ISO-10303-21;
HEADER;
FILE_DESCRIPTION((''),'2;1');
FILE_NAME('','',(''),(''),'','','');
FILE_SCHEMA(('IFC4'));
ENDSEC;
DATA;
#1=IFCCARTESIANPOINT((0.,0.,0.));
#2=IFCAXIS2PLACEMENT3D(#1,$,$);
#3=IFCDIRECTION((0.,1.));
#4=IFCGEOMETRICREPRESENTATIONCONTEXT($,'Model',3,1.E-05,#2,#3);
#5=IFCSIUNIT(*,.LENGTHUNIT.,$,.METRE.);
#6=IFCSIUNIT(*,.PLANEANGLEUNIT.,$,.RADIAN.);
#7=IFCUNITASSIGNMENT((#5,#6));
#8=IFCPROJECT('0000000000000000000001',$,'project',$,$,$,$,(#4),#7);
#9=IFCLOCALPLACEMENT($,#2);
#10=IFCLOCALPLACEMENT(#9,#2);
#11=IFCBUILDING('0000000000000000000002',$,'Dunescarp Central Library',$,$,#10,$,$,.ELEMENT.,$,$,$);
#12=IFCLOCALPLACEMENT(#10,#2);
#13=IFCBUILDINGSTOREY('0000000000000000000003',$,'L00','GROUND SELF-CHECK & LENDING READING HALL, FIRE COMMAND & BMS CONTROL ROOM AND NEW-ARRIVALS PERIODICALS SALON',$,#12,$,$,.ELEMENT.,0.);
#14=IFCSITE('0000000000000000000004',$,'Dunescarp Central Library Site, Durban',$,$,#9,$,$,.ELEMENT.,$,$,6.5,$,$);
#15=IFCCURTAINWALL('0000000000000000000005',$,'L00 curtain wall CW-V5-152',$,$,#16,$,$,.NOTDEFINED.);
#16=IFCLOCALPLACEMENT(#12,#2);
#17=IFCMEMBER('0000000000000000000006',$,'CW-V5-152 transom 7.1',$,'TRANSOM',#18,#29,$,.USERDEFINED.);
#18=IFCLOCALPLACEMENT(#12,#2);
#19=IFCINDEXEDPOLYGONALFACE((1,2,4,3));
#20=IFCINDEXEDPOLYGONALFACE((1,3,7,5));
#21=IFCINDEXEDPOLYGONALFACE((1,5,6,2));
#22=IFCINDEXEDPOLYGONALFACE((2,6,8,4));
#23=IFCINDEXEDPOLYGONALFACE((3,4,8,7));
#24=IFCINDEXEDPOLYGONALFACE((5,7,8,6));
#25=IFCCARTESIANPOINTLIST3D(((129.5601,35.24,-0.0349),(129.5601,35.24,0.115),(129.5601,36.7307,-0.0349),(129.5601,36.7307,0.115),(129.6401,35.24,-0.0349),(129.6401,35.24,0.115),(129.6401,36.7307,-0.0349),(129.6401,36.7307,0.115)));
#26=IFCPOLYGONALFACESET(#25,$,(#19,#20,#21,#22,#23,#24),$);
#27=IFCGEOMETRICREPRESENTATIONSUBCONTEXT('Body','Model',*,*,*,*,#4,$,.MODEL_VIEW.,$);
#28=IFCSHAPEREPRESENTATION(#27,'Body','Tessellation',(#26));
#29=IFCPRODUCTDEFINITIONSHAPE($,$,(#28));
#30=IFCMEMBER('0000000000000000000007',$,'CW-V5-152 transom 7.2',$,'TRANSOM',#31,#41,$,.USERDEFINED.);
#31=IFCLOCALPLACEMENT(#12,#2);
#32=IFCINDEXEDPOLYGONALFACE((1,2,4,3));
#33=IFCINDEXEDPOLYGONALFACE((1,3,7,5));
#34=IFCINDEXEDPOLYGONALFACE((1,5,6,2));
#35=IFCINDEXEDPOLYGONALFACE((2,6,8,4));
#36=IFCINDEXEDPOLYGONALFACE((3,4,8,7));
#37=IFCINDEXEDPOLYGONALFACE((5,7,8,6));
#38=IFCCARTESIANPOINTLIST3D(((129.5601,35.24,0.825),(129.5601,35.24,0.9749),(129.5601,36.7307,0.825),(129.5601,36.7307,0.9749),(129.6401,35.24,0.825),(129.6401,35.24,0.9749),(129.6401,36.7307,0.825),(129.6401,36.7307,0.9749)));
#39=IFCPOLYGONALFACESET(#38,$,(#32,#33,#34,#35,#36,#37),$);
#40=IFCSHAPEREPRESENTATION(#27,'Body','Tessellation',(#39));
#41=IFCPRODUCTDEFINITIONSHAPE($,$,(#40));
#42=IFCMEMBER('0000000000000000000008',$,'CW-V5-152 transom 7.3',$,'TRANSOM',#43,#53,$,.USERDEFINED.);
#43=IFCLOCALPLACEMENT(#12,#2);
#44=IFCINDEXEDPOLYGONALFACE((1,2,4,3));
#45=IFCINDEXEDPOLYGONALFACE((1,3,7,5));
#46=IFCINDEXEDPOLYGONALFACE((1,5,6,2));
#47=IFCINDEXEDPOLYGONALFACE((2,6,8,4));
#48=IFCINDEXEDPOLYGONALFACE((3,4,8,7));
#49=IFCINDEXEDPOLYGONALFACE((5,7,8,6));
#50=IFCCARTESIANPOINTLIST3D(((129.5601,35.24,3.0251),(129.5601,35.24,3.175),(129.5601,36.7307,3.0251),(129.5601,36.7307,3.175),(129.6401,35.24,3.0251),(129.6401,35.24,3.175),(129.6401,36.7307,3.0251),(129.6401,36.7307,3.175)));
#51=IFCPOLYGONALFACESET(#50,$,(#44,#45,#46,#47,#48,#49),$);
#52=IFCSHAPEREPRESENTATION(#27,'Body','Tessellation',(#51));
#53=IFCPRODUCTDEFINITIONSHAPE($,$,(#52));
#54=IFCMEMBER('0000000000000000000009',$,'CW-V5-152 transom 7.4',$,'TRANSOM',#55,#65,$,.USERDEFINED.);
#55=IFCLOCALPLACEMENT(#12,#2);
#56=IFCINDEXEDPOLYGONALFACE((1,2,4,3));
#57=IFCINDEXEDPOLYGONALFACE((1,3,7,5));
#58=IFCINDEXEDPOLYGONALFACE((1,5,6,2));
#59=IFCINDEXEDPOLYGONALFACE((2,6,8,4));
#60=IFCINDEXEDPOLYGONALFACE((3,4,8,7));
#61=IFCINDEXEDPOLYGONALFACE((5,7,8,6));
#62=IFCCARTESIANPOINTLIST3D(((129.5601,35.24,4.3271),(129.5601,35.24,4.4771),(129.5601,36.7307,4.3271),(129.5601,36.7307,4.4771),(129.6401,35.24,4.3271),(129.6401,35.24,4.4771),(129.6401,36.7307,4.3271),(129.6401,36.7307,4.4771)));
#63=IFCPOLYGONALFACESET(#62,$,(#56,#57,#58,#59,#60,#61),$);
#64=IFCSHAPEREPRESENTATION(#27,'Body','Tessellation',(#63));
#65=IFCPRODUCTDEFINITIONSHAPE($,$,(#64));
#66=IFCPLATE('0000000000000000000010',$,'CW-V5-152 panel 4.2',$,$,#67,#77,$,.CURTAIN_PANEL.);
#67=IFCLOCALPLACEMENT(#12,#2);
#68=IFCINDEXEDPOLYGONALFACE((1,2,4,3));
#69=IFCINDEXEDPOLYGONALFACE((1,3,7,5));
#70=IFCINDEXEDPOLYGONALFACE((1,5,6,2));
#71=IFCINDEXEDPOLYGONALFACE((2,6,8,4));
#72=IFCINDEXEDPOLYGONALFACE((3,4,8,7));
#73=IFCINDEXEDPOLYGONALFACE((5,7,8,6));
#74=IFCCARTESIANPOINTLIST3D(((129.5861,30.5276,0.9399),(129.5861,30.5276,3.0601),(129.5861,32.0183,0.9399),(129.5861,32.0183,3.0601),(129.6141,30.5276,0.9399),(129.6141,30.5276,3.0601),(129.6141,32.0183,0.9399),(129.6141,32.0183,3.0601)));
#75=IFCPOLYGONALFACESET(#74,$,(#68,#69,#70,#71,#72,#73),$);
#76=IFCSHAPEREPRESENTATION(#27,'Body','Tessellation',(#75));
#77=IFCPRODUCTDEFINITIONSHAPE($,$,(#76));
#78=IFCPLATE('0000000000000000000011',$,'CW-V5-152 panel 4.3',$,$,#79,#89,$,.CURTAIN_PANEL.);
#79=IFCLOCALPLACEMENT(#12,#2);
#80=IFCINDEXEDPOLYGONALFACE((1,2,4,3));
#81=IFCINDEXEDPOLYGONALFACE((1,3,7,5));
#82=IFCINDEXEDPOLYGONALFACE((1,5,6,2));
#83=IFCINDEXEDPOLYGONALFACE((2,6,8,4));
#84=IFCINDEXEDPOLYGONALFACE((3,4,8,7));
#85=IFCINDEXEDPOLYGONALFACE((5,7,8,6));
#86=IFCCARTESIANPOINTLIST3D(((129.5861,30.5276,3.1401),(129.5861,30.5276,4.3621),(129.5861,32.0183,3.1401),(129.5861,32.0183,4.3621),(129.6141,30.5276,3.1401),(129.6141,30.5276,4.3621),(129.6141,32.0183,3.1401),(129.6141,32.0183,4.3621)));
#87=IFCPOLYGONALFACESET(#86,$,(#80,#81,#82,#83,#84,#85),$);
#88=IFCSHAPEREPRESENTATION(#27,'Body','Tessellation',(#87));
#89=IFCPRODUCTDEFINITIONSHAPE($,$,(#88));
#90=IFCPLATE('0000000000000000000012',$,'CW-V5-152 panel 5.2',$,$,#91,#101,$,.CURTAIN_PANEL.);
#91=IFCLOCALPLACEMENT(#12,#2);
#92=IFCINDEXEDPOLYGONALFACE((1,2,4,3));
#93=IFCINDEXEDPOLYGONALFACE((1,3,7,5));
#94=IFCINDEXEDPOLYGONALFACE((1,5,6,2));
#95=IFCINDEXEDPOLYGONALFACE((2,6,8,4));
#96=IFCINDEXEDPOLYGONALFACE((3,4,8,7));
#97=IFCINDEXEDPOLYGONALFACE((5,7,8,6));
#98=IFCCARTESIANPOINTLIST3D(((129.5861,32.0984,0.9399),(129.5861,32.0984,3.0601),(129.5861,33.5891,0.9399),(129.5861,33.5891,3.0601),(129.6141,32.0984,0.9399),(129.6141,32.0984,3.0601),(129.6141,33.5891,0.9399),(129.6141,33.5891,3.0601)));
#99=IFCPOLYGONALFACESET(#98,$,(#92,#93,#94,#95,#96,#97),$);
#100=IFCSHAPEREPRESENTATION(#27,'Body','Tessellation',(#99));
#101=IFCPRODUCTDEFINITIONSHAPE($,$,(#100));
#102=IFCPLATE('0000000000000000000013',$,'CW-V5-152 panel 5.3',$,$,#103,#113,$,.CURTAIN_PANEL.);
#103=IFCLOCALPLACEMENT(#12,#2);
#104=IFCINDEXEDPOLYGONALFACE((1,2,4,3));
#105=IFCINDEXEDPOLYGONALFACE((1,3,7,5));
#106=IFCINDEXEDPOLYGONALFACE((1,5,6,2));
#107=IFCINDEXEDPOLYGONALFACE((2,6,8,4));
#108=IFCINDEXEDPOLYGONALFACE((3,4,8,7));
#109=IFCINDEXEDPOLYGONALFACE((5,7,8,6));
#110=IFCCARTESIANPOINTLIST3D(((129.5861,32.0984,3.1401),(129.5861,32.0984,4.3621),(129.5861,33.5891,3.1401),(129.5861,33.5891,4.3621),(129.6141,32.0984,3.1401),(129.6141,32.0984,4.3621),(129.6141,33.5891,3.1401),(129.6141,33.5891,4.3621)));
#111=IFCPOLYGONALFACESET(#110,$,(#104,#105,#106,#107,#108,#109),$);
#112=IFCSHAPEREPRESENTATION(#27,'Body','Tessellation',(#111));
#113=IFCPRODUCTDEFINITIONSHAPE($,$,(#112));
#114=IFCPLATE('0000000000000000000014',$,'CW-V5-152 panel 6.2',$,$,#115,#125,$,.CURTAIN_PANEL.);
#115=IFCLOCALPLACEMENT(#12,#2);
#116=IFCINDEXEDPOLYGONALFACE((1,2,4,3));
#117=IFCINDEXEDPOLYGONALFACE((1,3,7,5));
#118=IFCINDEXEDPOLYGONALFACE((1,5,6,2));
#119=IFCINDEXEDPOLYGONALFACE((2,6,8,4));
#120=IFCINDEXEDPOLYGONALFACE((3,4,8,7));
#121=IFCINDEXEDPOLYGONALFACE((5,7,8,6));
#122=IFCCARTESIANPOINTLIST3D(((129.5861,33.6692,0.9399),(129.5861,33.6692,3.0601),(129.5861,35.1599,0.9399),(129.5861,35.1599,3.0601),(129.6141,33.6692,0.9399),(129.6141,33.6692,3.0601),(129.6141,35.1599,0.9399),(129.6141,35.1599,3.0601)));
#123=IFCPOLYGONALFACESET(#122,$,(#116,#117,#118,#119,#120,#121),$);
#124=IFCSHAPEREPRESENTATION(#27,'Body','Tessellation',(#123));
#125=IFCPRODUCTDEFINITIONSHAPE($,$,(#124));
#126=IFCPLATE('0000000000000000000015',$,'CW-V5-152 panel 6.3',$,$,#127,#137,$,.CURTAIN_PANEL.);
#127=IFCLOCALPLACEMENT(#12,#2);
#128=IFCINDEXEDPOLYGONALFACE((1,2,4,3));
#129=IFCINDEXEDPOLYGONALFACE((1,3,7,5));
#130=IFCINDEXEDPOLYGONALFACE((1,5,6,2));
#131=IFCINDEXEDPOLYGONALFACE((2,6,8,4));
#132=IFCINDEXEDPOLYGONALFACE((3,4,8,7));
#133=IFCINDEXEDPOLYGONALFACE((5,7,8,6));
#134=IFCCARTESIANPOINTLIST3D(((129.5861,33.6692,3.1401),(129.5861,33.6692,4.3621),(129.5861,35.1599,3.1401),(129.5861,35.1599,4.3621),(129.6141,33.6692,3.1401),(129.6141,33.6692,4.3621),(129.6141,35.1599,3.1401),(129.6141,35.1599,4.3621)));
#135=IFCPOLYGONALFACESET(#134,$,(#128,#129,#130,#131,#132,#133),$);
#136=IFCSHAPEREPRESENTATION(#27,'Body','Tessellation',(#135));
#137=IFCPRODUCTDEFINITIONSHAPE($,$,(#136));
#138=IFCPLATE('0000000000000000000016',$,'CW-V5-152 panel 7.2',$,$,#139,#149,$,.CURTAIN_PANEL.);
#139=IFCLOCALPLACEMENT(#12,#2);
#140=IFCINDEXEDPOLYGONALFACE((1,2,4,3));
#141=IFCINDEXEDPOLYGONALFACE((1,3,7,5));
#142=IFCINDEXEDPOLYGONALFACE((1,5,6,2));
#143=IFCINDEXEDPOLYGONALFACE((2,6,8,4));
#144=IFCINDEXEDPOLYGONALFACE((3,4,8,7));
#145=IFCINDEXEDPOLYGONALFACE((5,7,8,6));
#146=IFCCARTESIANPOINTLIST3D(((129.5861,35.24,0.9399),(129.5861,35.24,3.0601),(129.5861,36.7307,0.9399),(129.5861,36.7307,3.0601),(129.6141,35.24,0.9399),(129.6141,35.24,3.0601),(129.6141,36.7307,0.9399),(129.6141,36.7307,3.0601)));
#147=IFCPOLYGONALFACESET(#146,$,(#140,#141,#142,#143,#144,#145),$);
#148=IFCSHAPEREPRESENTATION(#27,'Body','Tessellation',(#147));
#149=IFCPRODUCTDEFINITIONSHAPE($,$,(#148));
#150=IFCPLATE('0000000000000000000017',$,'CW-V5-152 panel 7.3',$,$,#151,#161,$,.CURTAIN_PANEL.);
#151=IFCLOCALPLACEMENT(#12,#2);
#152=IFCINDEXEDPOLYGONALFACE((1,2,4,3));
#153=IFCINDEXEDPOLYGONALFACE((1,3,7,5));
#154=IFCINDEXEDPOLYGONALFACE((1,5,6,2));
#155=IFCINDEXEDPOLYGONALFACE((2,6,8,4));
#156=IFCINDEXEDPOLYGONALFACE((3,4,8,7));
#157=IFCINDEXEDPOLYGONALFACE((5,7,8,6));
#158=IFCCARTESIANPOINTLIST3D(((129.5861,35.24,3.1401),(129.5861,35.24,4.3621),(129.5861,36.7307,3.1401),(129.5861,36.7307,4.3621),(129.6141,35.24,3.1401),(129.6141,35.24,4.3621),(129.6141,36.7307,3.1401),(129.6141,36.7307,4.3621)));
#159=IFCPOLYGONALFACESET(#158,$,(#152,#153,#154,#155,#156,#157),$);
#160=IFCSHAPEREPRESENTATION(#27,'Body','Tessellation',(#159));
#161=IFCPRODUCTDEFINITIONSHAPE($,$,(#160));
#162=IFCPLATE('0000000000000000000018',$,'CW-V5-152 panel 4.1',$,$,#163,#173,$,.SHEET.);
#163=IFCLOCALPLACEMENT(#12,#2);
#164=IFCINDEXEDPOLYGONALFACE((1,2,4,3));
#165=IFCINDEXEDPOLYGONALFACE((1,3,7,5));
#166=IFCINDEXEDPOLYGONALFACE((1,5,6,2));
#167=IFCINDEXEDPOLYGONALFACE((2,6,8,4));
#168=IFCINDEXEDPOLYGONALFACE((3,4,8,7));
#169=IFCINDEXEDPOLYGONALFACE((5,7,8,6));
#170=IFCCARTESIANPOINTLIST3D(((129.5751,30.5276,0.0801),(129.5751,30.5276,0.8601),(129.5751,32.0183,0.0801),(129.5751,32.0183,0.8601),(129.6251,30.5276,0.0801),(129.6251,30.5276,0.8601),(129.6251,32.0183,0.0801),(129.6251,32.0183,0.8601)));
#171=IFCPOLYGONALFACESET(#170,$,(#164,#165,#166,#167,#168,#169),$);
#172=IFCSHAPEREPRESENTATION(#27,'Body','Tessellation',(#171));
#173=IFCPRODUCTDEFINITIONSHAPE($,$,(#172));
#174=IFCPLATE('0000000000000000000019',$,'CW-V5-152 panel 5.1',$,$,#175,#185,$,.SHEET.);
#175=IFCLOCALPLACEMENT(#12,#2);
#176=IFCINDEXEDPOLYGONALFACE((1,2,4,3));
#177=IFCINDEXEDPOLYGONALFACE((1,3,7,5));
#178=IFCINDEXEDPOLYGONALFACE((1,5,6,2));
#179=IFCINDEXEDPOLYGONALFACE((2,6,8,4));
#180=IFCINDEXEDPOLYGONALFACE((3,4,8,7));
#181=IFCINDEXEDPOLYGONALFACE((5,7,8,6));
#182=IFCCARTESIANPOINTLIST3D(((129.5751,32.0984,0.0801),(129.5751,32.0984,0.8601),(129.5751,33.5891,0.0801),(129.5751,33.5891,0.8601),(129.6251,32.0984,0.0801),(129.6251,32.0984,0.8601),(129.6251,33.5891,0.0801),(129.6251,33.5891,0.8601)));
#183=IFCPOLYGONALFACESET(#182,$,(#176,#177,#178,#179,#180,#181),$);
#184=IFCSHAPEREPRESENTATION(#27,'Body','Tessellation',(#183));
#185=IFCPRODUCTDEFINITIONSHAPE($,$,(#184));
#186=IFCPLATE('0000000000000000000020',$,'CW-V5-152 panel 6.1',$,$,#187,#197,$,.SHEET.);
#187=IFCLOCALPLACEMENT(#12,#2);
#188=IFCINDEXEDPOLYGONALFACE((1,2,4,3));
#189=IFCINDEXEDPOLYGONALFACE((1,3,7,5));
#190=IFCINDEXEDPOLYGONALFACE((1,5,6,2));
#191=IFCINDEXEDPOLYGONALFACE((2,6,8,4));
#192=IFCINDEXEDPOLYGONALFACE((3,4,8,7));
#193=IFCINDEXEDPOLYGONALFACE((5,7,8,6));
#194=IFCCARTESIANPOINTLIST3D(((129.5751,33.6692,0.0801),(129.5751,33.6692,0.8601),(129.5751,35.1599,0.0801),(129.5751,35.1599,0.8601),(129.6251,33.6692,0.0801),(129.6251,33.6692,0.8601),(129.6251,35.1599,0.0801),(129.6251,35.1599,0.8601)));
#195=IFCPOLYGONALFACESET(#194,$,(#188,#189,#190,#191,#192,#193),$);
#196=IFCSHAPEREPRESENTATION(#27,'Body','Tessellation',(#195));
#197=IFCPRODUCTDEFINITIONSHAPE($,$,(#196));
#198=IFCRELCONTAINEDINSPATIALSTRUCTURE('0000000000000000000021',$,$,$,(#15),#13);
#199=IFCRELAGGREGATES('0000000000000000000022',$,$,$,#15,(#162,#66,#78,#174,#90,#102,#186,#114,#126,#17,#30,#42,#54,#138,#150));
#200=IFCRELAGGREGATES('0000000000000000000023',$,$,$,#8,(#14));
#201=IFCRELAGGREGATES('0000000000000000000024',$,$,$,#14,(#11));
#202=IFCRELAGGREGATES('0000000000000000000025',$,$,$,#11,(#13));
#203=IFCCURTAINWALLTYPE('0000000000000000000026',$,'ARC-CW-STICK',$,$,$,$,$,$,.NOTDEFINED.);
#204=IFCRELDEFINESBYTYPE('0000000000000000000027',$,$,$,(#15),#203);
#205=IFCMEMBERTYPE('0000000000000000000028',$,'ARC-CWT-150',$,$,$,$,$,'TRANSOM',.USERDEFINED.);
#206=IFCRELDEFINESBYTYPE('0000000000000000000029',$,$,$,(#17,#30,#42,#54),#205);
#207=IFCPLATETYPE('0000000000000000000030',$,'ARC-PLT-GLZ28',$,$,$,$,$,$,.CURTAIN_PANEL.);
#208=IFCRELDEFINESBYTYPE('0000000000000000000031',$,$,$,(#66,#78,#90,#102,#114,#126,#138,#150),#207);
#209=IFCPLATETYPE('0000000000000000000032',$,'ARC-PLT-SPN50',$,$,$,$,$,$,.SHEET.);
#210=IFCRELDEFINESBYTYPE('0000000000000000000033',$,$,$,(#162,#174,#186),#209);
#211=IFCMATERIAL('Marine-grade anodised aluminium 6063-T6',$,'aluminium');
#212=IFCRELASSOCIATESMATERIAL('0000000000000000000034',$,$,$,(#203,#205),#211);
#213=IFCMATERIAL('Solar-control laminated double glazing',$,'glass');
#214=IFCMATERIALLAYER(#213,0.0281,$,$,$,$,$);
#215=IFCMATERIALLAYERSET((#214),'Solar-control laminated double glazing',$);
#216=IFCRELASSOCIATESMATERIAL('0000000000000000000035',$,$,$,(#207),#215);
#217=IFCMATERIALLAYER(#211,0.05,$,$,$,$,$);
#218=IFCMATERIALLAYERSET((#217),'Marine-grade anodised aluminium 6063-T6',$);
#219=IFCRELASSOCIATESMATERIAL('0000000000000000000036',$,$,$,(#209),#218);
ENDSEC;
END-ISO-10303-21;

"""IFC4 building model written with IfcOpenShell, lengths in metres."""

from ifc_helpers import new_model, si_unit, direction, frame, origin, origin_2d, place, context, subcontext, project, spatial, rectangle, extrude, material, layer, layer_set, material_profile, profile_set, type_object, element, aggregate, save


model = new_model("IFC4")

# Units and contexts
model_context = context("Model", 3, precision=1e-05, world=origin(), true_north=direction((0.0, 1.0)))
body_context = subcontext(model_context, "Body", "Model", "MODEL_VIEW")
ifc_project = project(units=[si_unit("LENGTHUNIT", "METRE"), si_unit("PLANEANGLEUNIT", "RADIAN")], contexts=[model_context])

# Site, building, storey
site_placement = place(None, origin())
site = spatial("IfcSite", under=ifc_project, at=site_placement, Name="Dunescarp Central Library Site, Durban", CompositionType="ELEMENT", RefElevation=6.5)
building_placement = place(site_placement, origin())
building = spatial("IfcBuilding", under=site, at=building_placement, Name="Dunescarp Central Library", CompositionType="ELEMENT")
storey_placement = place(building_placement, origin())
storey = spatial("IfcBuildingStorey", under=building, at=storey_placement, Name="L00", Description="GROUND SELF-CHECK & LENDING READING HALL, FIRE COMMAND & BMS CONTROL ROOM AND NEW-ARRIVALS PERIODICALS SALON", CompositionType="ELEMENT", Elevation=0.0)

# Curtain wall, members, plates
ifc_material_1 = material(Name="Marine-grade anodised aluminium 6063-T6", Category="aluminium")
curtain_wall_type = type_object("IfcCurtainWallType", Name="ARC-CW-STICK", PredefinedType="NOTDEFINED", material=ifc_material_1)
curtain_wall_placement = place(storey_placement, origin())
curtain_wall = element("IfcCurtainWall", 1, at=curtain_wall_placement, inside=storey, type_object=curtain_wall_type, Name="L00 curtain wall CW-V5-152", PredefinedType="NOTDEFINED")
ifc_material_profile_1 = material_profile(ifc_material_1, rectangle(XDim=0.0801, YDim=0.1499, at=origin_2d()), Name="AL 80x150")
ifc_profile_set_1 = profile_set([ifc_material_profile_1], Name="Marine-grade anodised aluminium 6063-T6")
member_type_1 = type_object("IfcMemberType", Name="ARC-CWT-150", ElementType="TRANSOM", PredefinedType="USERDEFINED", material=ifc_profile_set_1)
member_1_placement = place(storey_placement, frame((129.6001, 35.24, 0.04), z_axis=(0.0, 1.0, 0.0), x_axis=(-1.0, 0.0, 0.0)))
member_1 = element("IfcMember", 2, at=member_1_placement, type_object=member_type_1, Name="CW-V5-152 transom 7.1", ObjectType="TRANSOM", PredefinedType="USERDEFINED", context=body_context, shape_type="SweptSolid", body=[
    extrude(rectangle(XDim=0.0801, YDim=0.1499, at=origin_2d()), origin(), (0.0, 0.0, 1.0), 1.4907),
])
member_2_placement = place(storey_placement, frame((129.6001, 35.24, 0.8999), z_axis=(0.0, 1.0, 0.0), x_axis=(-1.0, 0.0, 0.0)))
member_2 = element("IfcMember", 3, at=member_2_placement, type_object=member_type_1, Name="CW-V5-152 transom 7.2", ObjectType="TRANSOM", PredefinedType="USERDEFINED", context=body_context, shape_type="SweptSolid", body=[
    extrude(rectangle(XDim=0.0801, YDim=0.1499, at=origin_2d()), origin(), (0.0, 0.0, 1.0), 1.4907),
])
member_3_placement = place(storey_placement, frame((129.6001, 35.24, 3.1001), z_axis=(0.0, 1.0, 0.0), x_axis=(-1.0, 0.0, 0.0)))
member_3 = element("IfcMember", 4, at=member_3_placement, type_object=member_type_1, Name="CW-V5-152 transom 7.3", ObjectType="TRANSOM", PredefinedType="USERDEFINED", context=body_context, shape_type="SweptSolid", body=[
    extrude(rectangle(XDim=0.0801, YDim=0.1499, at=origin_2d()), origin(), (0.0, 0.0, 1.0), 1.4907),
])
member_4_placement = place(storey_placement, frame((129.6001, 35.24, 4.4021), z_axis=(0.0, 1.0, 0.0), x_axis=(-1.0, 0.0, 0.0)))
member_4 = element("IfcMember", 5, at=member_4_placement, type_object=member_type_1, Name="CW-V5-152 transom 7.4", ObjectType="TRANSOM", PredefinedType="USERDEFINED", context=body_context, shape_type="SweptSolid", body=[
    extrude(rectangle(XDim=0.0801, YDim=0.1499, at=origin_2d()), origin(), (0.0, 0.0, 1.0), 1.4907),
])
ifc_material_2 = material(Name="Solar-control laminated double glazing", Category="glass")
ifc_layer_1 = layer(ifc_material_2, 0.0281)
ifc_layer_set_1 = layer_set([ifc_layer_1], Name="Solar-control laminated double glazing")
plate_type_1 = type_object("IfcPlateType", Name="ARC-PLT-GLZ28", PredefinedType="CURTAIN_PANEL", material=ifc_layer_set_1)
plate_1_placement = place(storey_placement, frame((129.6001, 31.2729, 0.9399), z_axis=(0.0, 0.0, 1.0), x_axis=(0.0, 1.0, 0.0)))
plate_1 = element("IfcPlate", 6, at=plate_1_placement, type_object=plate_type_1, Name="CW-V5-152 panel 4.2", PredefinedType="CURTAIN_PANEL", context=body_context, shape_type="SweptSolid", body=[
    extrude(rectangle(XDim=1.4907, YDim=0.0281, at=origin_2d()), origin(), (0.0, 0.0, 1.0), 2.1201),
])
plate_2_placement = place(storey_placement, frame((129.6001, 31.2729, 3.1401), z_axis=(0.0, 0.0, 1.0), x_axis=(0.0, 1.0, 0.0)))
plate_2 = element("IfcPlate", 7, at=plate_2_placement, type_object=plate_type_1, Name="CW-V5-152 panel 4.3", PredefinedType="CURTAIN_PANEL", context=body_context, shape_type="SweptSolid", body=[
    extrude(rectangle(XDim=1.4907, YDim=0.0281, at=origin_2d()), origin(), (0.0, 0.0, 1.0), 1.2219),
])
plate_3_placement = place(storey_placement, frame((129.6001, 32.8438, 0.9399), z_axis=(0.0, 0.0, 1.0), x_axis=(0.0, 1.0, 0.0)))
plate_3 = element("IfcPlate", 8, at=plate_3_placement, type_object=plate_type_1, Name="CW-V5-152 panel 5.2", PredefinedType="CURTAIN_PANEL", context=body_context, shape_type="SweptSolid", body=[
    extrude(rectangle(XDim=1.4907, YDim=0.0281, at=origin_2d()), origin(), (0.0, 0.0, 1.0), 2.1201),
])
plate_4_placement = place(storey_placement, frame((129.6001, 32.8438, 3.1401), z_axis=(0.0, 0.0, 1.0), x_axis=(0.0, 1.0, 0.0)))
plate_4 = element("IfcPlate", 9, at=plate_4_placement, type_object=plate_type_1, Name="CW-V5-152 panel 5.3", PredefinedType="CURTAIN_PANEL", context=body_context, shape_type="SweptSolid", body=[
    extrude(rectangle(XDim=1.4907, YDim=0.0281, at=origin_2d()), origin(), (0.0, 0.0, 1.0), 1.2219),
])
plate_5_placement = place(storey_placement, frame((129.6001, 34.4146, 0.9399), z_axis=(0.0, 0.0, 1.0), x_axis=(0.0, 1.0, 0.0)))
plate_5 = element("IfcPlate", 10, at=plate_5_placement, type_object=plate_type_1, Name="CW-V5-152 panel 6.2", PredefinedType="CURTAIN_PANEL", context=body_context, shape_type="SweptSolid", body=[
    extrude(rectangle(XDim=1.4907, YDim=0.0281, at=origin_2d()), origin(), (0.0, 0.0, 1.0), 2.1201),
])
plate_6_placement = place(storey_placement, frame((129.6001, 34.4146, 3.1401), z_axis=(0.0, 0.0, 1.0), x_axis=(0.0, 1.0, 0.0)))
plate_6 = element("IfcPlate", 11, at=plate_6_placement, type_object=plate_type_1, Name="CW-V5-152 panel 6.3", PredefinedType="CURTAIN_PANEL", context=body_context, shape_type="SweptSolid", body=[
    extrude(rectangle(XDim=1.4907, YDim=0.0281, at=origin_2d()), origin(), (0.0, 0.0, 1.0), 1.2219),
])
plate_7_placement = place(storey_placement, frame((129.6001, 35.9854, 0.9399), z_axis=(0.0, 0.0, 1.0), x_axis=(0.0, 1.0, 0.0)))
plate_7 = element("IfcPlate", 12, at=plate_7_placement, type_object=plate_type_1, Name="CW-V5-152 panel 7.2", PredefinedType="CURTAIN_PANEL", context=body_context, shape_type="SweptSolid", body=[
    extrude(rectangle(XDim=1.4907, YDim=0.0281, at=origin_2d()), origin(), (0.0, 0.0, 1.0), 2.1201),
])
plate_8_placement = place(storey_placement, frame((129.6001, 35.9854, 3.1401), z_axis=(0.0, 0.0, 1.0), x_axis=(0.0, 1.0, 0.0)))
plate_8 = element("IfcPlate", 13, at=plate_8_placement, type_object=plate_type_1, Name="CW-V5-152 panel 7.3", PredefinedType="CURTAIN_PANEL", context=body_context, shape_type="SweptSolid", body=[
    extrude(rectangle(XDim=1.4907, YDim=0.0281, at=origin_2d()), origin(), (0.0, 0.0, 1.0), 1.2219),
])
ifc_layer_2 = layer(ifc_material_1, 0.05)
ifc_layer_set_2 = layer_set([ifc_layer_2], Name="Marine-grade anodised aluminium 6063-T6")
plate_type_2 = type_object("IfcPlateType", Name="ARC-PLT-SPN50", PredefinedType="SHEET", material=ifc_layer_set_2)
plate_9_placement = place(storey_placement, frame((129.6001, 31.2729, 0.0801), z_axis=(0.0, 0.0, 1.0), x_axis=(0.0, 1.0, 0.0)))
plate_9 = element("IfcPlate", 14, at=plate_9_placement, type_object=plate_type_2, Name="CW-V5-152 panel 4.1", PredefinedType="SHEET", context=body_context, shape_type="SweptSolid", body=[
    extrude(rectangle(XDim=1.4907, YDim=0.05, at=origin_2d()), origin(), (0.0, 0.0, 1.0), 0.78),
])
plate_10_placement = place(storey_placement, frame((129.6001, 32.8438, 0.0801), z_axis=(0.0, 0.0, 1.0), x_axis=(0.0, 1.0, 0.0)))
plate_10 = element("IfcPlate", 15, at=plate_10_placement, type_object=plate_type_2, Name="CW-V5-152 panel 5.1", PredefinedType="SHEET", context=body_context, shape_type="SweptSolid", body=[
    extrude(rectangle(XDim=1.4907, YDim=0.05, at=origin_2d()), origin(), (0.0, 0.0, 1.0), 0.78),
])
plate_11_placement = place(storey_placement, frame((129.6001, 34.4146, 0.0801), z_axis=(0.0, 0.0, 1.0), x_axis=(0.0, 1.0, 0.0)))
plate_11 = element("IfcPlate", 16, at=plate_11_placement, type_object=plate_type_2, Name="CW-V5-152 panel 6.1", PredefinedType="SHEET", context=body_context, shape_type="SweptSolid", body=[
    extrude(rectangle(XDim=1.4907, YDim=0.05, at=origin_2d()), origin(), (0.0, 0.0, 1.0), 0.78),
])
aggregate(curtain_wall, [plate_9, plate_1, plate_2, plate_10, plate_3, plate_4, plate_11, plate_5, plate_6, member_1, member_2, member_3, member_4, plate_7, plate_8])

save(model, "model.ifc")
